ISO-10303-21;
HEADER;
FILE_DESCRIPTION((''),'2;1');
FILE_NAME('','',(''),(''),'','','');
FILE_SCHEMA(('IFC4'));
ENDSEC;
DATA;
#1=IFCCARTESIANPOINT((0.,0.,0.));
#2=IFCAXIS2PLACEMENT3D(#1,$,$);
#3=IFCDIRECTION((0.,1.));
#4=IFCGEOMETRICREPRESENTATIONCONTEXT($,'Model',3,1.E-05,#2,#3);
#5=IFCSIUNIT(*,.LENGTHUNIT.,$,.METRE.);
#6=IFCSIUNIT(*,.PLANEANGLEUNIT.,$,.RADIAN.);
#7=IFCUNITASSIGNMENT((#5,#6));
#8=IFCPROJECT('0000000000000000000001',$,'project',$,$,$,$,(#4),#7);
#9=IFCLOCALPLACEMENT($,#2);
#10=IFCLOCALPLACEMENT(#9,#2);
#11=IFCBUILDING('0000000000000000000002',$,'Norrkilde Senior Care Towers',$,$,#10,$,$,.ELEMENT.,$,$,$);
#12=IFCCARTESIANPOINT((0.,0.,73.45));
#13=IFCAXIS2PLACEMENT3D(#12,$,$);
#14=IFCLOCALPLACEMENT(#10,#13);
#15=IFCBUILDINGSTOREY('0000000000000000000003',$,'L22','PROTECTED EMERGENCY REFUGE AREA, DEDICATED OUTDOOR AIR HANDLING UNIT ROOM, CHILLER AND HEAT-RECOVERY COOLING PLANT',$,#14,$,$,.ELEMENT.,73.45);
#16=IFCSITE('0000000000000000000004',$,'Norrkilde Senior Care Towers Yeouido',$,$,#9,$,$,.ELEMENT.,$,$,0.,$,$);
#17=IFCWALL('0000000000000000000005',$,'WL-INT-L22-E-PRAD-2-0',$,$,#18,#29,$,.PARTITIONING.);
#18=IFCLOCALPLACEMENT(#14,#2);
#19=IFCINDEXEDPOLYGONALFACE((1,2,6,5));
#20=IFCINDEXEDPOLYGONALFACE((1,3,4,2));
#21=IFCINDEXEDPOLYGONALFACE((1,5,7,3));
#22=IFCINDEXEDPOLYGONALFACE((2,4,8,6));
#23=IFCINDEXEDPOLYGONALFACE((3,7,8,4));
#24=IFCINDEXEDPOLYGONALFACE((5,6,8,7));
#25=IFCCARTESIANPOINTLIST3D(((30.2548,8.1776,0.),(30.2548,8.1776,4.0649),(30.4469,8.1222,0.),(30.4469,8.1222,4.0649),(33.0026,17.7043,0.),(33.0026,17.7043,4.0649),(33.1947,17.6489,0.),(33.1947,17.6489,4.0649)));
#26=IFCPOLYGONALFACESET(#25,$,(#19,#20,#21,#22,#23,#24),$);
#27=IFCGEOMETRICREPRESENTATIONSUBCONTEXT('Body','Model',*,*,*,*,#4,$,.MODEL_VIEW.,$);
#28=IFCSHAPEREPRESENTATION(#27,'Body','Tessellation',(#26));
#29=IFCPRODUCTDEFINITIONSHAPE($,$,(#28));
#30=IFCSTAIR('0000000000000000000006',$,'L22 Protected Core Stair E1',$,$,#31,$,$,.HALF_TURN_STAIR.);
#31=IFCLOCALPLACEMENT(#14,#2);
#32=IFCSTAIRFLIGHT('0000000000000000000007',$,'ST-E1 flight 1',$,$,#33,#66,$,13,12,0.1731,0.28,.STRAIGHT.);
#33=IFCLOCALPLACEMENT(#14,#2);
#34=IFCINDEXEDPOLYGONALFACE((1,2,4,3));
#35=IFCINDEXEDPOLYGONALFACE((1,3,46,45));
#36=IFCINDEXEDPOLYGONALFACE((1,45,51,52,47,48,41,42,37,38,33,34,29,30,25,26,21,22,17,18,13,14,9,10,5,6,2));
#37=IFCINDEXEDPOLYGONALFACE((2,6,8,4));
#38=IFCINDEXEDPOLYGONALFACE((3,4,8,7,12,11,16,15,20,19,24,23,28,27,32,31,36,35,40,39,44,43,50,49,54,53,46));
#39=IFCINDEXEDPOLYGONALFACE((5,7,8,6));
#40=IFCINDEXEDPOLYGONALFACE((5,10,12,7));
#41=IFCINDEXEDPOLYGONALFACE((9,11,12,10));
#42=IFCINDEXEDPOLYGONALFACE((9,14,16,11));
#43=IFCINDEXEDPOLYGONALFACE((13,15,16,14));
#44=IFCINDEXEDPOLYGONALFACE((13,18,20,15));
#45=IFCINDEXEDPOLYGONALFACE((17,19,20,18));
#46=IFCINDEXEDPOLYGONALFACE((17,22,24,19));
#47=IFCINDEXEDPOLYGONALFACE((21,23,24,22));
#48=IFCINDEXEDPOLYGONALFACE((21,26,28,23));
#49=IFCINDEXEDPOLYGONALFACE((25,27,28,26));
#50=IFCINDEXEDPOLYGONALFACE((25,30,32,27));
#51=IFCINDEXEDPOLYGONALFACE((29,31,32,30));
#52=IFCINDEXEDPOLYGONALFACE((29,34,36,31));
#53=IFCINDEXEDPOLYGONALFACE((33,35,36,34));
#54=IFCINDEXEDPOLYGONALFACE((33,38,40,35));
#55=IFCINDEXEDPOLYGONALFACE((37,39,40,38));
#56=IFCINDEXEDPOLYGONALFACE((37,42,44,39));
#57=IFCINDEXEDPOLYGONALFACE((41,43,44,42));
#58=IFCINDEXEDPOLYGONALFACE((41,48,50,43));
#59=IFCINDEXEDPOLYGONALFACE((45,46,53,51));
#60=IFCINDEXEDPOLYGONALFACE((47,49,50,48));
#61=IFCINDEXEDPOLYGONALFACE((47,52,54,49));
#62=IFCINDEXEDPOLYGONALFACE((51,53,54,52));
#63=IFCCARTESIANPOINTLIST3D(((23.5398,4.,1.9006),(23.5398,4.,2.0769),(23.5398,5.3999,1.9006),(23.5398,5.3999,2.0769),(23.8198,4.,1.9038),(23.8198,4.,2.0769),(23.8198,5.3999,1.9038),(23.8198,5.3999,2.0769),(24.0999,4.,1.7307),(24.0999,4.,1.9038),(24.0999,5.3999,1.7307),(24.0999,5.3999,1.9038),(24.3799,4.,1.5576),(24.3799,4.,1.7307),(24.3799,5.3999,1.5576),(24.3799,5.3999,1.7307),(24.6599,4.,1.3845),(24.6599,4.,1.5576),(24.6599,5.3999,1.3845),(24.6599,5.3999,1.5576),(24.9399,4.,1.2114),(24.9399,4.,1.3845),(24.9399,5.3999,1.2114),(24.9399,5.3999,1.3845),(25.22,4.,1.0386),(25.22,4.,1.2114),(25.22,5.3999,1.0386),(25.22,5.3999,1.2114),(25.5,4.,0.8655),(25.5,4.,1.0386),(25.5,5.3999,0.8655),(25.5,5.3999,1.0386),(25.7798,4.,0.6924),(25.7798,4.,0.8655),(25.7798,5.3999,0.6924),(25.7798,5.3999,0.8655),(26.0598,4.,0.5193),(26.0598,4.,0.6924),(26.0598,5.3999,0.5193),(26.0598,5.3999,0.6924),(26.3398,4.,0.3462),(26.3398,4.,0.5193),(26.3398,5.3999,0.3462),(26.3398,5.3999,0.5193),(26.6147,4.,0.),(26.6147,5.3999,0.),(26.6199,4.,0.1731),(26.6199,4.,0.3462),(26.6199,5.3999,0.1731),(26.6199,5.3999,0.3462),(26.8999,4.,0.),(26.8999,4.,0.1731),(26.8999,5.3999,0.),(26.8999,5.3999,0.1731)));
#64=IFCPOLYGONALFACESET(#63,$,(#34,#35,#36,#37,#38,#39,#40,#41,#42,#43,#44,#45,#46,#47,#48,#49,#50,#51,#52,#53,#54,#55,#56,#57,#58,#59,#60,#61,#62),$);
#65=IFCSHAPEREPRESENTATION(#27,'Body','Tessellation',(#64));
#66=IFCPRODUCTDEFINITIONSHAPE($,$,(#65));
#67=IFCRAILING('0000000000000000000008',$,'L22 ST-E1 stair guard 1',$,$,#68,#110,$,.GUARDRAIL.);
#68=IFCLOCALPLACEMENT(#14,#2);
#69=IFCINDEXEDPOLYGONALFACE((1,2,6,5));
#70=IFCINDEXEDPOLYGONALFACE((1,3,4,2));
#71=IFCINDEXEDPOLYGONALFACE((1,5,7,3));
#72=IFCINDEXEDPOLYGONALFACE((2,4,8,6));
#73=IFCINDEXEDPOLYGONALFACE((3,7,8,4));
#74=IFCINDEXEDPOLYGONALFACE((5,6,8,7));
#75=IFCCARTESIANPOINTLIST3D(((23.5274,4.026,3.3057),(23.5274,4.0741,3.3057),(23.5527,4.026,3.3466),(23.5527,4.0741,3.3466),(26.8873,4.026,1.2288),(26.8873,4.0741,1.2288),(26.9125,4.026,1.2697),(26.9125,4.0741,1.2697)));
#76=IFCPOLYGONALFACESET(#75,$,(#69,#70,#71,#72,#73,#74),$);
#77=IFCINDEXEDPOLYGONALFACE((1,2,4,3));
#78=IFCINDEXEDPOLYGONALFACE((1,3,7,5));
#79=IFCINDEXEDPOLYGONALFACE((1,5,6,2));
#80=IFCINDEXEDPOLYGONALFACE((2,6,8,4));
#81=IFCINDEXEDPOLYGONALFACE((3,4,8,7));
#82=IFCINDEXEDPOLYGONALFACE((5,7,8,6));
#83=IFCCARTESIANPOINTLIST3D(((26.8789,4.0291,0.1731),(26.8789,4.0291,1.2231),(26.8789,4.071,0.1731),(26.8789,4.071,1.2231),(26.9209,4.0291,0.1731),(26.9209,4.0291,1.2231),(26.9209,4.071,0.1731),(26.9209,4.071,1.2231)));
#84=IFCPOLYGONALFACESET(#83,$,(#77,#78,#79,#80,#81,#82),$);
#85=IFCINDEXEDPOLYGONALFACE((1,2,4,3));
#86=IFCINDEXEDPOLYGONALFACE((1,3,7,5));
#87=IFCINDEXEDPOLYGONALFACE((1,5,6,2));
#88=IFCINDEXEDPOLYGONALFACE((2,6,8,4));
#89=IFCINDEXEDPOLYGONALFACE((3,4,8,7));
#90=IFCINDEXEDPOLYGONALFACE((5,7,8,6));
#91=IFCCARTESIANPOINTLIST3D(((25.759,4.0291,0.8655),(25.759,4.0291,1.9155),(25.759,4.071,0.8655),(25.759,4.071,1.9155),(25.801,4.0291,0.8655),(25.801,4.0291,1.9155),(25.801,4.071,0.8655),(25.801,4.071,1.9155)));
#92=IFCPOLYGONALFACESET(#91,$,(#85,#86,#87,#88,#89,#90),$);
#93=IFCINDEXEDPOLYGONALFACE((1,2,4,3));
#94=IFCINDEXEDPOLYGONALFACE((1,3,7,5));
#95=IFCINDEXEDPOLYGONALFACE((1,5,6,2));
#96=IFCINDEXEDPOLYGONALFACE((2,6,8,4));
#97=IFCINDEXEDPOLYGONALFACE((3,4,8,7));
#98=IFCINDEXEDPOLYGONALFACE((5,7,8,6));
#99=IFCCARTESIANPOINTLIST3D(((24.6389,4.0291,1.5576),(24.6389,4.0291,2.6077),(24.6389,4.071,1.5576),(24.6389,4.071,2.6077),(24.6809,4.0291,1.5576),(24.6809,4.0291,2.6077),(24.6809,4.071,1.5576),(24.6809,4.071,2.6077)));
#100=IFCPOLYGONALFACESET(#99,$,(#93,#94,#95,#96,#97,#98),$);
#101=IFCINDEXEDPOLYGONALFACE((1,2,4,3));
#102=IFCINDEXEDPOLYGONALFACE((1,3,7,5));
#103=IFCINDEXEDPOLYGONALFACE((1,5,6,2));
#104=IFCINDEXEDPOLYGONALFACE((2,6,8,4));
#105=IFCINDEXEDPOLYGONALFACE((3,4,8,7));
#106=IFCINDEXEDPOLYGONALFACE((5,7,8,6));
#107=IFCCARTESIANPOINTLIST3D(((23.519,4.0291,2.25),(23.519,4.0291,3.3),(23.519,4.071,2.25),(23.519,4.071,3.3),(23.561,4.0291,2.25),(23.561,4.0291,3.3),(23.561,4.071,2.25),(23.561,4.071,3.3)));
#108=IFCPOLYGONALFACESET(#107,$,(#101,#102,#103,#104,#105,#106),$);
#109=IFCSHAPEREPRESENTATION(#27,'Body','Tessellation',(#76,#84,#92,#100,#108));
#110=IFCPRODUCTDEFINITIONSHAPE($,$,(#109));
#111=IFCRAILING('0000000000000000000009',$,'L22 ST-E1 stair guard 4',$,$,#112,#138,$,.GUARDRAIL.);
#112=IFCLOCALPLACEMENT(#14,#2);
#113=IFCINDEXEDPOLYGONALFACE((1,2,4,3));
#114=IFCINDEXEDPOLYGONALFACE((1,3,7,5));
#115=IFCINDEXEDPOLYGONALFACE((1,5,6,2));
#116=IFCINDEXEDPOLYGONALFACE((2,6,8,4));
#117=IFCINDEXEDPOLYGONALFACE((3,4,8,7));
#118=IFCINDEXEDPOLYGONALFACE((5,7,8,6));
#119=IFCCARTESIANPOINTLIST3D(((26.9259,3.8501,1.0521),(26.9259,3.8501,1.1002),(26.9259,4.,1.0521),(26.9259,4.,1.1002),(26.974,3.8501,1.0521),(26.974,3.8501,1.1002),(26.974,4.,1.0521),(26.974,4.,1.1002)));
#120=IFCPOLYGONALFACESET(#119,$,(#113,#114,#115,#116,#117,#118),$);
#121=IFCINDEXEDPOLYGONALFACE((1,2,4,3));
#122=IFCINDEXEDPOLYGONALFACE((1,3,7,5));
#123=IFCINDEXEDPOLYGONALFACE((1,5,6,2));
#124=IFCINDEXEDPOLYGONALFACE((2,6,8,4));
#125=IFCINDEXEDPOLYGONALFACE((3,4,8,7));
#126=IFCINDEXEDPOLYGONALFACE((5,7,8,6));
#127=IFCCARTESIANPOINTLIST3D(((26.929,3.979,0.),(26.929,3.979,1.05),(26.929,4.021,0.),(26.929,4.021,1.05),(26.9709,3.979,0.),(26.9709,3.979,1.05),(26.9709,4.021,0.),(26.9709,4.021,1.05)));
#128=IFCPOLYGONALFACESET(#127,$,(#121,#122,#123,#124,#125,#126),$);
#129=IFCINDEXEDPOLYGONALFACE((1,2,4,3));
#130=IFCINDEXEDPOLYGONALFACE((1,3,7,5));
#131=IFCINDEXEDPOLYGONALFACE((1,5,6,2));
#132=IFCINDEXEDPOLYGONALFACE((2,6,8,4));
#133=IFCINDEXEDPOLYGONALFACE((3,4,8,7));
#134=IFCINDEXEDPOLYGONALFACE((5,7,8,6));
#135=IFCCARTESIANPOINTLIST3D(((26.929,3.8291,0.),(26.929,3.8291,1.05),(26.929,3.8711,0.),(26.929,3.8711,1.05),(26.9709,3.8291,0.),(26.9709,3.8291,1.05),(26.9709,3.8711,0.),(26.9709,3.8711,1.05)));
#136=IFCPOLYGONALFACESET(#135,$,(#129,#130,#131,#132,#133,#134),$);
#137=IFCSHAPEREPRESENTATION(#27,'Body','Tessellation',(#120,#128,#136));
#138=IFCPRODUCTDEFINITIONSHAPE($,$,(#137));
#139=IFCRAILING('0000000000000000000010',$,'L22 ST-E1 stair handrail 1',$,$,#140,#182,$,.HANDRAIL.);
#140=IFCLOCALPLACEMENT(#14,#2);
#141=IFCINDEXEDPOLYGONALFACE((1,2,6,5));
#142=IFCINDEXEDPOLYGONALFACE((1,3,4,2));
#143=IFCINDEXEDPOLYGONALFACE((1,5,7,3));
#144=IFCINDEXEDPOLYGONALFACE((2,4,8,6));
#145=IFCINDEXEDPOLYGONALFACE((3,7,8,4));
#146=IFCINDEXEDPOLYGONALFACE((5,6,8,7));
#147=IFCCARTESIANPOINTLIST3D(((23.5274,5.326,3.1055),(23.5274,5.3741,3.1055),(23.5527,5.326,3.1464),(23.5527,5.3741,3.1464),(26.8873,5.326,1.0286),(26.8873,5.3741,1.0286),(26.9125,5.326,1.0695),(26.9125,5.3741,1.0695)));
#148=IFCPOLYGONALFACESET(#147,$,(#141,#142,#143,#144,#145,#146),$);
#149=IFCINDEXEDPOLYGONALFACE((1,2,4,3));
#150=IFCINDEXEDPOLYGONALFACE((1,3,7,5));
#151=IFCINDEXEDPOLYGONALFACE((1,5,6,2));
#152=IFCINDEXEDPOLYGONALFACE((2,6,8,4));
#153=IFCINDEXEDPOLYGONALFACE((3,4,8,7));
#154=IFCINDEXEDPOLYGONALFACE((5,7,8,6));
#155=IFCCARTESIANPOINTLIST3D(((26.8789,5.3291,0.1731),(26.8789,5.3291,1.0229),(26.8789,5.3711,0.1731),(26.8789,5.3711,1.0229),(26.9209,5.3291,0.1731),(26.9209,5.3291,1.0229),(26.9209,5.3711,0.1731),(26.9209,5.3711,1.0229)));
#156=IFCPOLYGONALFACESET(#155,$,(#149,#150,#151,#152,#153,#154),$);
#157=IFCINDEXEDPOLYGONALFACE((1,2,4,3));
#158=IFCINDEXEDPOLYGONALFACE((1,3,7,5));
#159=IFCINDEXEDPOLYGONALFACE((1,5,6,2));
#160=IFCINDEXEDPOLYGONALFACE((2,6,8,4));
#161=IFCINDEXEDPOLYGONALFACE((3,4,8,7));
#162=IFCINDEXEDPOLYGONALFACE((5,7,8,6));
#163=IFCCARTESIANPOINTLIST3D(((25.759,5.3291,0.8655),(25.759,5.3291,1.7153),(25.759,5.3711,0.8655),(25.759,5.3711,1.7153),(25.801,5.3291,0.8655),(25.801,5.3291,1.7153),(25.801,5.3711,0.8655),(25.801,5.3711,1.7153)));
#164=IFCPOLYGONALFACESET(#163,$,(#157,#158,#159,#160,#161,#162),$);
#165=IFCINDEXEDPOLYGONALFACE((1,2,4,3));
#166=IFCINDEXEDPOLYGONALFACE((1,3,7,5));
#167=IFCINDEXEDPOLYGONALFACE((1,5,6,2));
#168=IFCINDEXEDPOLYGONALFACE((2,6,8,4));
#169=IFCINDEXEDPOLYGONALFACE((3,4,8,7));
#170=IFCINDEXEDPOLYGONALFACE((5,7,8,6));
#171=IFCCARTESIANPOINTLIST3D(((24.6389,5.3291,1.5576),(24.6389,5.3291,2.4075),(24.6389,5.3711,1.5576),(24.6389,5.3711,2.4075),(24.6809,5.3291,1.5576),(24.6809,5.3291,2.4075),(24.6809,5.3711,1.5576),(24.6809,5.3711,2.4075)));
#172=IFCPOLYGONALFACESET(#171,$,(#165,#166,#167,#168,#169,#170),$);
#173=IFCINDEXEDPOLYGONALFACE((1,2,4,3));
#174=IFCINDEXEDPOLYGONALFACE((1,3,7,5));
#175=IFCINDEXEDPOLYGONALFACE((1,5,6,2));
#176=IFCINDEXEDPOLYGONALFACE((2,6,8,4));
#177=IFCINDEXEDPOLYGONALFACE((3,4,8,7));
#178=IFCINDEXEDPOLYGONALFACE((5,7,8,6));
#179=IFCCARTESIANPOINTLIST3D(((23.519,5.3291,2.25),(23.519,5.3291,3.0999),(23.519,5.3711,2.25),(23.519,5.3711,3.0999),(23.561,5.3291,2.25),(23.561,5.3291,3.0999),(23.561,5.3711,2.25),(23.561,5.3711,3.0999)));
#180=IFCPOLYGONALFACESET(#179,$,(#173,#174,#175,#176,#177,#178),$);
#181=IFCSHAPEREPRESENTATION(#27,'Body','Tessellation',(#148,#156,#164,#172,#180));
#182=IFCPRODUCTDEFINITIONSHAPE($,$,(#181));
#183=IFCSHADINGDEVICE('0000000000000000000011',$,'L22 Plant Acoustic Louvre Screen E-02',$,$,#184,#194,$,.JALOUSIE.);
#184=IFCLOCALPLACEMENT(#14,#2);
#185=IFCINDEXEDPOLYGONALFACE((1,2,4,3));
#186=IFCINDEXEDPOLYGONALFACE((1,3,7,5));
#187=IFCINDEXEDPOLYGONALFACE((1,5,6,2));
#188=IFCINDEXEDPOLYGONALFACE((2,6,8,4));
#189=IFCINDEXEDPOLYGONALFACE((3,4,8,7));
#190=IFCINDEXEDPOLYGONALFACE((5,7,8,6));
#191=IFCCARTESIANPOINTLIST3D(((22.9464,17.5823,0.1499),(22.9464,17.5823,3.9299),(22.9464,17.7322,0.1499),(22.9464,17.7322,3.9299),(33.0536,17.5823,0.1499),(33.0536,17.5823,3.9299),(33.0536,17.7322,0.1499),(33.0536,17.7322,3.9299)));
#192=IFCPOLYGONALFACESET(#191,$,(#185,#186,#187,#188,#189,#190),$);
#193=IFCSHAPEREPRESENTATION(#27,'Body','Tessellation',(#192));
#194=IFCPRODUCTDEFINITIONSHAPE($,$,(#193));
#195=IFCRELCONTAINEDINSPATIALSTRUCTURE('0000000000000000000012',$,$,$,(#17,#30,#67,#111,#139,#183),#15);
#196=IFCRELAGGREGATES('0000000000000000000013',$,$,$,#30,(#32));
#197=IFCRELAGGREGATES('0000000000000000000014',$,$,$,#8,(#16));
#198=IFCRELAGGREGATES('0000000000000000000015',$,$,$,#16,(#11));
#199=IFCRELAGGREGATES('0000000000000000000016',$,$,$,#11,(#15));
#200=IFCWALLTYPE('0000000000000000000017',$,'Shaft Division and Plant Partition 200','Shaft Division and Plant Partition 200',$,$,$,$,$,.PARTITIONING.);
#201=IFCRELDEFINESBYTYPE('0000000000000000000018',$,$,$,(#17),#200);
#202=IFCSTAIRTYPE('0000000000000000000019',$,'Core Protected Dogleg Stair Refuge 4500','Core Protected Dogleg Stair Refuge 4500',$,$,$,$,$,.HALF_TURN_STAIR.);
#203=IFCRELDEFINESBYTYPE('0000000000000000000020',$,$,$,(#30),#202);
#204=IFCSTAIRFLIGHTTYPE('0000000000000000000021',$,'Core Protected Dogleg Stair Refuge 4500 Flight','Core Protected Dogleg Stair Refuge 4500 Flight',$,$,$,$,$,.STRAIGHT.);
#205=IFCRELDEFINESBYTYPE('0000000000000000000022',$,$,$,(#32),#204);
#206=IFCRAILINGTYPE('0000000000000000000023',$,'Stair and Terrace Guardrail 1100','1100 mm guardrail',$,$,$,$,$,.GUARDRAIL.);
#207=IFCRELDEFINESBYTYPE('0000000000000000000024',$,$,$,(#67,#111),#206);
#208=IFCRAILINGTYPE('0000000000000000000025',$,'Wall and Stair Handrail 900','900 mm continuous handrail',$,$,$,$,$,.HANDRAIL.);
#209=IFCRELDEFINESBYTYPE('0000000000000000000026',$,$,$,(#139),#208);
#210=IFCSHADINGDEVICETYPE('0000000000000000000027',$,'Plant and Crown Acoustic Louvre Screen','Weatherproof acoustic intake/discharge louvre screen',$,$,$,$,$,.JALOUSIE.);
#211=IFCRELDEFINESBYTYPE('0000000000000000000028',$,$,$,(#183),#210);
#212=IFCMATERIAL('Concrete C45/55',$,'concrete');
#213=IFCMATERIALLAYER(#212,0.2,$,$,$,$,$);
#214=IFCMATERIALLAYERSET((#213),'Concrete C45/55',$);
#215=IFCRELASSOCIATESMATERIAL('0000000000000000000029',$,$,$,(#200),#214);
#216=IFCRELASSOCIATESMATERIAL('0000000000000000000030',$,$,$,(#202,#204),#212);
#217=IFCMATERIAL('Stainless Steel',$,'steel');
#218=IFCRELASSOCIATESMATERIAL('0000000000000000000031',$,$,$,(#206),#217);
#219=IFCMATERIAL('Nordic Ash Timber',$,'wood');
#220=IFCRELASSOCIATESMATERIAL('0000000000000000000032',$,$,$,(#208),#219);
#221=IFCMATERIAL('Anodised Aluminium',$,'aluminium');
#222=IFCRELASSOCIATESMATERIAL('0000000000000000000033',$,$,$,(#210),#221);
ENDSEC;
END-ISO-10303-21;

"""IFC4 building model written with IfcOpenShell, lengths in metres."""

from ifc_helpers import new_model, si_unit, direction, frame, frame_2d, origin, origin_2d, place, context, subcontext, project, spatial, polyline, rectangle, outline, extrude, source, transform, mapped, material, layer, layer_set, type_object, type_shapes, element, aggregate, save


model = new_model("IFC4")

# Units and contexts
model_context = context("Model", 3, precision=1e-05, world=origin(), true_north=direction((0.0, 1.0)))
body_context = subcontext(model_context, "Body", "Model", "MODEL_VIEW")
ifc_project = project(units=[si_unit("LENGTHUNIT", "METRE"), si_unit("PLANEANGLEUNIT", "RADIAN")], contexts=[model_context])

# Site, building, storey
site_placement = place(None, origin())
site = spatial("IfcSite", under=ifc_project, at=site_placement, Name="Norrkilde Senior Care Towers Yeouido", CompositionType="ELEMENT", RefElevation=0.0)
building_placement = place(site_placement, origin())
building = spatial("IfcBuilding", under=site, at=building_placement, Name="Norrkilde Senior Care Towers", CompositionType="ELEMENT")
storey_placement = place(building_placement, frame((0.0, 0.0, 73.45)))
storey = spatial("IfcBuildingStorey", under=building, at=storey_placement, Name="L22", Description="PROTECTED EMERGENCY REFUGE AREA, DEDICATED OUTDOOR AIR HANDLING UNIT ROOM, CHILLER AND HEAT-RECOVERY COOLING PLANT", CompositionType="ELEMENT", Elevation=73.45)

# Shared definitions
ifc_material_1 = material(Name="Anodised Aluminium", Category="aluminium")

# Shared definitions
ifc_material_2 = material(Name="Concrete C45/55", Category="concrete")

# Shared definitions
ifc_material_3 = material(Name="Stainless Steel", Category="steel")

# Shared definitions
ifc_layer_1 = layer(ifc_material_2, 0.2)
ifc_layer_set_1 = layer_set([ifc_layer_1], Name="Concrete C45/55")
wall_type_1 = type_object("IfcWallType", Name="Shaft Division and Plant Partition 200", Description="Shaft Division and Plant Partition 200", PredefinedType="PARTITIONING", material=ifc_layer_set_1)

# Wall
shared_shape_1 = source(origin(), body_context, "Body", "SweptSolid", [
    extrude(rectangle(XDim=9.915, YDim=0.2, at=frame_2d((4.9575, 0.0))), origin(), (0.0, 0.0, 1.0), 4.0649),
])
wall_1_placement = place(storey_placement, frame((30.3508, 8.1499, 0.0), z_axis=(0.0, 0.0, 1.0), x_axis=(0.277137, 0.960831, 0.0)))
element("IfcWall", 1, at=wall_1_placement, inside=storey, type_object=wall_type_1, Name="WL-INT-L22-E-PRAD-2-0", PredefinedType="PARTITIONING", context=body_context, shape_type="MappedRepresentation", body=[
    mapped(shared_shape_1, transform((0.0, 0.0, 0.0), x_axis=(1.0, 0.0, 0.0), y_axis=(0.0, 1.0, 0.0), z_axis=(0.0, 0.0, 1.0), scale=1.0)),
])

# Stair, stair flight
stair_type = type_object("IfcStairType", Name="Core Protected Dogleg Stair Refuge 4500", Description="Core Protected Dogleg Stair Refuge 4500", PredefinedType="HALF_TURN_STAIR", material=ifc_material_2)
stair_placement = place(storey_placement, origin())
stair = element("IfcStair", 2, at=stair_placement, inside=storey, type_object=stair_type, Name="L22 Protected Core Stair E1", PredefinedType="HALF_TURN_STAIR")
stair_flight_type = type_object("IfcStairFlightType", Name="Core Protected Dogleg Stair Refuge 4500 Flight", Description="Core Protected Dogleg Stair Refuge 4500 Flight", PredefinedType="STRAIGHT", material=ifc_material_2)
stair_flight_placement = place(storey_placement, frame((26.8999, 4.7, 0.0), z_axis=(0.0, 0.0, 1.0), x_axis=(-1.0, 0.0, 0.0)))
stair_flight = element("IfcStairFlight", 3, at=stair_flight_placement, type_object=stair_flight_type, Name="ST-E1 flight 1", NumberOfRisers=13, NumberOfTreads=12, PredefinedType="STRAIGHT", RiserHeight=0.1731, TreadLength=0.28, context=body_context, shape_type="SweptSolid", body=[
    extrude(outline(polyline([(0.0, 0.0), (0.0, 0.1731), (0.28, 0.1731), (0.28, 0.3462), (0.5601, 0.3462), (0.5601, 0.5193), (0.8401, 0.5193), (0.8401, 0.6924), (1.1201, 0.6924), (1.1201, 0.8655), (1.3999, 0.8655), (1.3999, 1.0386), (1.6799, 1.0386), (1.6799, 1.2114), (1.96, 1.2114), (1.96, 1.3845), (2.24, 1.3845), (2.24, 1.5576), (2.52, 1.5576), (2.52, 1.7307), (2.8, 1.7307), (2.8, 1.9038), (3.0801, 1.9038), (3.0801, 2.0769), (3.3601, 2.0769), (3.3601, 2.25), (3.3601, 1.9006), (0.2852, 0.0), (0.0, 0.0)])), frame((0.0, 0.7, 0.0), z_axis=(0.0, -1.0, 0.0), x_axis=(1.0, 0.0, 0.0)), (0.0, 0.0, 1.0), 1.3999),
])
aggregate(stair, [stair_flight])

# Railings
railing_type_1 = type_object("IfcRailingType", Name="Stair and Terrace Guardrail 1100", Description="1100 mm guardrail", PredefinedType="GUARDRAIL", material=ifc_material_3)
railing_1_placement = place(storey_placement, frame((26.8999, 4.05, 0.1731)))
element("IfcRailing", 4, at=railing_1_placement, inside=storey, type_object=railing_type_1, Name="L22 ST-E1 stair guard 1", PredefinedType="GUARDRAIL", context=body_context, shape_type="SweptSolid", body=[
    extrude(rectangle(XDim=0.0481, YDim=0.0481, at=origin_2d()), frame((0.0, 0.0, 1.0762), z_axis=(-0.850606, 0.0, 0.525803), x_axis=(0.0, -1.0, 0.0)), (0.0, 0.0, 1.0), 3.95),
    extrude(rectangle(XDim=0.042, YDim=0.042, at=origin_2d()), origin(), (0.0, 0.0, 1.0), 1.05),
    extrude(rectangle(XDim=0.042, YDim=0.042, at=origin_2d()), frame((-1.1199, 0.0, 0.6924)), (0.0, 0.0, 1.0), 1.05),
    extrude(rectangle(XDim=0.042, YDim=0.042, at=origin_2d()), frame((-2.24, 0.0, 1.3845)), (0.0, 0.0, 1.0), 1.05),
    extrude(rectangle(XDim=0.042, YDim=0.042, at=origin_2d()), frame((-3.3599, 0.0, 2.0769)), (0.0, 0.0, 1.0), 1.05),
])
railing_2_placement = place(storey_placement, frame((26.95, 4.0, 0.0)))
element("IfcRailing", 5, at=railing_2_placement, inside=storey, type_object=railing_type_1, Name="L22 ST-E1 stair guard 4", PredefinedType="GUARDRAIL", context=body_context, shape_type="SweptSolid", body=[
    extrude(rectangle(XDim=0.0481, YDim=0.0481, at=origin_2d()), frame((0.0, 0.0, 1.0762), z_axis=(0.0, -1.0, 0.0), x_axis=(1.0, 0.0, 0.0)), (0.0, 0.0, 1.0), 0.1499),
    extrude(rectangle(XDim=0.042, YDim=0.042, at=origin_2d()), origin(), (0.0, 0.0, 1.0), 1.05),
    extrude(rectangle(XDim=0.042, YDim=0.042, at=origin_2d()), frame((0.0, -0.1499, 0.0)), (0.0, 0.0, 1.0), 1.05),
])
ifc_material_4 = material(Name="Nordic Ash Timber", Category="wood")
railing_type_2 = type_object("IfcRailingType", Name="Wall and Stair Handrail 900", Description="900 mm continuous handrail", PredefinedType="HANDRAIL", material=ifc_material_4)
railing_3_placement = place(storey_placement, frame((26.8999, 5.3501, 0.1731)))
element("IfcRailing", 6, at=railing_3_placement, inside=storey, type_object=railing_type_2, Name="L22 ST-E1 stair handrail 1", PredefinedType="HANDRAIL", context=body_context, shape_type="SweptSolid", body=[
    extrude(rectangle(XDim=0.0481, YDim=0.0481, at=origin_2d()), frame((0.0, 0.0, 0.876), z_axis=(-0.850606, 0.0, 0.525803), x_axis=(0.0, -1.0, 0.0)), (0.0, 0.0, 1.0), 3.95),
    extrude(rectangle(XDim=0.042, YDim=0.042, at=origin_2d()), origin(), (0.0, 0.0, 1.0), 0.8499),
    extrude(rectangle(XDim=0.042, YDim=0.042, at=origin_2d()), frame((-1.1199, 0.0, 0.6924)), (0.0, 0.0, 1.0), 0.8499),
    extrude(rectangle(XDim=0.042, YDim=0.042, at=origin_2d()), frame((-2.24, 0.0, 1.3845)), (0.0, 0.0, 1.0), 0.8499),
    extrude(rectangle(XDim=0.042, YDim=0.042, at=origin_2d()), frame((-3.3599, 0.0, 2.0769)), (0.0, 0.0, 1.0), 0.8499),
])

# Shading device
shading_device_type = type_object("IfcShadingDeviceType", Name="Plant and Crown Acoustic Louvre Screen", Description="Weatherproof acoustic intake/discharge louvre screen", PredefinedType="JALOUSIE", material=ifc_material_1)
shared_shape_2 = source(origin(), body_context, "Body", "SweptSolid", [
    extrude(rectangle(XDim=10.1072, YDim=0.1499, at=origin_2d()), origin(), (0.0, 0.0, 1.0), 3.78),
])
type_shapes(shading_device_type, [shared_shape_2])
shading_device_placement = place(storey_placement, frame((28.0, 17.6572, 0.1499), z_axis=(0.0, 0.0, 1.0), x_axis=(1.0, 0.0, 0.0)))
element("IfcShadingDevice", 7, at=shading_device_placement, inside=storey, type_object=shading_device_type, Name="L22 Plant Acoustic Louvre Screen E-02", PredefinedType="JALOUSIE", context=body_context, shape_type="MappedRepresentation", body=[
    mapped(shared_shape_2, transform((0.0, 0.0, 0.0), x_axis=(1.0, 0.0, 0.0), y_axis=(0.0, 1.0, 0.0), z_axis=(0.0, 0.0, 1.0), scale=1.0)),
])

save(model, "model.ifc")
